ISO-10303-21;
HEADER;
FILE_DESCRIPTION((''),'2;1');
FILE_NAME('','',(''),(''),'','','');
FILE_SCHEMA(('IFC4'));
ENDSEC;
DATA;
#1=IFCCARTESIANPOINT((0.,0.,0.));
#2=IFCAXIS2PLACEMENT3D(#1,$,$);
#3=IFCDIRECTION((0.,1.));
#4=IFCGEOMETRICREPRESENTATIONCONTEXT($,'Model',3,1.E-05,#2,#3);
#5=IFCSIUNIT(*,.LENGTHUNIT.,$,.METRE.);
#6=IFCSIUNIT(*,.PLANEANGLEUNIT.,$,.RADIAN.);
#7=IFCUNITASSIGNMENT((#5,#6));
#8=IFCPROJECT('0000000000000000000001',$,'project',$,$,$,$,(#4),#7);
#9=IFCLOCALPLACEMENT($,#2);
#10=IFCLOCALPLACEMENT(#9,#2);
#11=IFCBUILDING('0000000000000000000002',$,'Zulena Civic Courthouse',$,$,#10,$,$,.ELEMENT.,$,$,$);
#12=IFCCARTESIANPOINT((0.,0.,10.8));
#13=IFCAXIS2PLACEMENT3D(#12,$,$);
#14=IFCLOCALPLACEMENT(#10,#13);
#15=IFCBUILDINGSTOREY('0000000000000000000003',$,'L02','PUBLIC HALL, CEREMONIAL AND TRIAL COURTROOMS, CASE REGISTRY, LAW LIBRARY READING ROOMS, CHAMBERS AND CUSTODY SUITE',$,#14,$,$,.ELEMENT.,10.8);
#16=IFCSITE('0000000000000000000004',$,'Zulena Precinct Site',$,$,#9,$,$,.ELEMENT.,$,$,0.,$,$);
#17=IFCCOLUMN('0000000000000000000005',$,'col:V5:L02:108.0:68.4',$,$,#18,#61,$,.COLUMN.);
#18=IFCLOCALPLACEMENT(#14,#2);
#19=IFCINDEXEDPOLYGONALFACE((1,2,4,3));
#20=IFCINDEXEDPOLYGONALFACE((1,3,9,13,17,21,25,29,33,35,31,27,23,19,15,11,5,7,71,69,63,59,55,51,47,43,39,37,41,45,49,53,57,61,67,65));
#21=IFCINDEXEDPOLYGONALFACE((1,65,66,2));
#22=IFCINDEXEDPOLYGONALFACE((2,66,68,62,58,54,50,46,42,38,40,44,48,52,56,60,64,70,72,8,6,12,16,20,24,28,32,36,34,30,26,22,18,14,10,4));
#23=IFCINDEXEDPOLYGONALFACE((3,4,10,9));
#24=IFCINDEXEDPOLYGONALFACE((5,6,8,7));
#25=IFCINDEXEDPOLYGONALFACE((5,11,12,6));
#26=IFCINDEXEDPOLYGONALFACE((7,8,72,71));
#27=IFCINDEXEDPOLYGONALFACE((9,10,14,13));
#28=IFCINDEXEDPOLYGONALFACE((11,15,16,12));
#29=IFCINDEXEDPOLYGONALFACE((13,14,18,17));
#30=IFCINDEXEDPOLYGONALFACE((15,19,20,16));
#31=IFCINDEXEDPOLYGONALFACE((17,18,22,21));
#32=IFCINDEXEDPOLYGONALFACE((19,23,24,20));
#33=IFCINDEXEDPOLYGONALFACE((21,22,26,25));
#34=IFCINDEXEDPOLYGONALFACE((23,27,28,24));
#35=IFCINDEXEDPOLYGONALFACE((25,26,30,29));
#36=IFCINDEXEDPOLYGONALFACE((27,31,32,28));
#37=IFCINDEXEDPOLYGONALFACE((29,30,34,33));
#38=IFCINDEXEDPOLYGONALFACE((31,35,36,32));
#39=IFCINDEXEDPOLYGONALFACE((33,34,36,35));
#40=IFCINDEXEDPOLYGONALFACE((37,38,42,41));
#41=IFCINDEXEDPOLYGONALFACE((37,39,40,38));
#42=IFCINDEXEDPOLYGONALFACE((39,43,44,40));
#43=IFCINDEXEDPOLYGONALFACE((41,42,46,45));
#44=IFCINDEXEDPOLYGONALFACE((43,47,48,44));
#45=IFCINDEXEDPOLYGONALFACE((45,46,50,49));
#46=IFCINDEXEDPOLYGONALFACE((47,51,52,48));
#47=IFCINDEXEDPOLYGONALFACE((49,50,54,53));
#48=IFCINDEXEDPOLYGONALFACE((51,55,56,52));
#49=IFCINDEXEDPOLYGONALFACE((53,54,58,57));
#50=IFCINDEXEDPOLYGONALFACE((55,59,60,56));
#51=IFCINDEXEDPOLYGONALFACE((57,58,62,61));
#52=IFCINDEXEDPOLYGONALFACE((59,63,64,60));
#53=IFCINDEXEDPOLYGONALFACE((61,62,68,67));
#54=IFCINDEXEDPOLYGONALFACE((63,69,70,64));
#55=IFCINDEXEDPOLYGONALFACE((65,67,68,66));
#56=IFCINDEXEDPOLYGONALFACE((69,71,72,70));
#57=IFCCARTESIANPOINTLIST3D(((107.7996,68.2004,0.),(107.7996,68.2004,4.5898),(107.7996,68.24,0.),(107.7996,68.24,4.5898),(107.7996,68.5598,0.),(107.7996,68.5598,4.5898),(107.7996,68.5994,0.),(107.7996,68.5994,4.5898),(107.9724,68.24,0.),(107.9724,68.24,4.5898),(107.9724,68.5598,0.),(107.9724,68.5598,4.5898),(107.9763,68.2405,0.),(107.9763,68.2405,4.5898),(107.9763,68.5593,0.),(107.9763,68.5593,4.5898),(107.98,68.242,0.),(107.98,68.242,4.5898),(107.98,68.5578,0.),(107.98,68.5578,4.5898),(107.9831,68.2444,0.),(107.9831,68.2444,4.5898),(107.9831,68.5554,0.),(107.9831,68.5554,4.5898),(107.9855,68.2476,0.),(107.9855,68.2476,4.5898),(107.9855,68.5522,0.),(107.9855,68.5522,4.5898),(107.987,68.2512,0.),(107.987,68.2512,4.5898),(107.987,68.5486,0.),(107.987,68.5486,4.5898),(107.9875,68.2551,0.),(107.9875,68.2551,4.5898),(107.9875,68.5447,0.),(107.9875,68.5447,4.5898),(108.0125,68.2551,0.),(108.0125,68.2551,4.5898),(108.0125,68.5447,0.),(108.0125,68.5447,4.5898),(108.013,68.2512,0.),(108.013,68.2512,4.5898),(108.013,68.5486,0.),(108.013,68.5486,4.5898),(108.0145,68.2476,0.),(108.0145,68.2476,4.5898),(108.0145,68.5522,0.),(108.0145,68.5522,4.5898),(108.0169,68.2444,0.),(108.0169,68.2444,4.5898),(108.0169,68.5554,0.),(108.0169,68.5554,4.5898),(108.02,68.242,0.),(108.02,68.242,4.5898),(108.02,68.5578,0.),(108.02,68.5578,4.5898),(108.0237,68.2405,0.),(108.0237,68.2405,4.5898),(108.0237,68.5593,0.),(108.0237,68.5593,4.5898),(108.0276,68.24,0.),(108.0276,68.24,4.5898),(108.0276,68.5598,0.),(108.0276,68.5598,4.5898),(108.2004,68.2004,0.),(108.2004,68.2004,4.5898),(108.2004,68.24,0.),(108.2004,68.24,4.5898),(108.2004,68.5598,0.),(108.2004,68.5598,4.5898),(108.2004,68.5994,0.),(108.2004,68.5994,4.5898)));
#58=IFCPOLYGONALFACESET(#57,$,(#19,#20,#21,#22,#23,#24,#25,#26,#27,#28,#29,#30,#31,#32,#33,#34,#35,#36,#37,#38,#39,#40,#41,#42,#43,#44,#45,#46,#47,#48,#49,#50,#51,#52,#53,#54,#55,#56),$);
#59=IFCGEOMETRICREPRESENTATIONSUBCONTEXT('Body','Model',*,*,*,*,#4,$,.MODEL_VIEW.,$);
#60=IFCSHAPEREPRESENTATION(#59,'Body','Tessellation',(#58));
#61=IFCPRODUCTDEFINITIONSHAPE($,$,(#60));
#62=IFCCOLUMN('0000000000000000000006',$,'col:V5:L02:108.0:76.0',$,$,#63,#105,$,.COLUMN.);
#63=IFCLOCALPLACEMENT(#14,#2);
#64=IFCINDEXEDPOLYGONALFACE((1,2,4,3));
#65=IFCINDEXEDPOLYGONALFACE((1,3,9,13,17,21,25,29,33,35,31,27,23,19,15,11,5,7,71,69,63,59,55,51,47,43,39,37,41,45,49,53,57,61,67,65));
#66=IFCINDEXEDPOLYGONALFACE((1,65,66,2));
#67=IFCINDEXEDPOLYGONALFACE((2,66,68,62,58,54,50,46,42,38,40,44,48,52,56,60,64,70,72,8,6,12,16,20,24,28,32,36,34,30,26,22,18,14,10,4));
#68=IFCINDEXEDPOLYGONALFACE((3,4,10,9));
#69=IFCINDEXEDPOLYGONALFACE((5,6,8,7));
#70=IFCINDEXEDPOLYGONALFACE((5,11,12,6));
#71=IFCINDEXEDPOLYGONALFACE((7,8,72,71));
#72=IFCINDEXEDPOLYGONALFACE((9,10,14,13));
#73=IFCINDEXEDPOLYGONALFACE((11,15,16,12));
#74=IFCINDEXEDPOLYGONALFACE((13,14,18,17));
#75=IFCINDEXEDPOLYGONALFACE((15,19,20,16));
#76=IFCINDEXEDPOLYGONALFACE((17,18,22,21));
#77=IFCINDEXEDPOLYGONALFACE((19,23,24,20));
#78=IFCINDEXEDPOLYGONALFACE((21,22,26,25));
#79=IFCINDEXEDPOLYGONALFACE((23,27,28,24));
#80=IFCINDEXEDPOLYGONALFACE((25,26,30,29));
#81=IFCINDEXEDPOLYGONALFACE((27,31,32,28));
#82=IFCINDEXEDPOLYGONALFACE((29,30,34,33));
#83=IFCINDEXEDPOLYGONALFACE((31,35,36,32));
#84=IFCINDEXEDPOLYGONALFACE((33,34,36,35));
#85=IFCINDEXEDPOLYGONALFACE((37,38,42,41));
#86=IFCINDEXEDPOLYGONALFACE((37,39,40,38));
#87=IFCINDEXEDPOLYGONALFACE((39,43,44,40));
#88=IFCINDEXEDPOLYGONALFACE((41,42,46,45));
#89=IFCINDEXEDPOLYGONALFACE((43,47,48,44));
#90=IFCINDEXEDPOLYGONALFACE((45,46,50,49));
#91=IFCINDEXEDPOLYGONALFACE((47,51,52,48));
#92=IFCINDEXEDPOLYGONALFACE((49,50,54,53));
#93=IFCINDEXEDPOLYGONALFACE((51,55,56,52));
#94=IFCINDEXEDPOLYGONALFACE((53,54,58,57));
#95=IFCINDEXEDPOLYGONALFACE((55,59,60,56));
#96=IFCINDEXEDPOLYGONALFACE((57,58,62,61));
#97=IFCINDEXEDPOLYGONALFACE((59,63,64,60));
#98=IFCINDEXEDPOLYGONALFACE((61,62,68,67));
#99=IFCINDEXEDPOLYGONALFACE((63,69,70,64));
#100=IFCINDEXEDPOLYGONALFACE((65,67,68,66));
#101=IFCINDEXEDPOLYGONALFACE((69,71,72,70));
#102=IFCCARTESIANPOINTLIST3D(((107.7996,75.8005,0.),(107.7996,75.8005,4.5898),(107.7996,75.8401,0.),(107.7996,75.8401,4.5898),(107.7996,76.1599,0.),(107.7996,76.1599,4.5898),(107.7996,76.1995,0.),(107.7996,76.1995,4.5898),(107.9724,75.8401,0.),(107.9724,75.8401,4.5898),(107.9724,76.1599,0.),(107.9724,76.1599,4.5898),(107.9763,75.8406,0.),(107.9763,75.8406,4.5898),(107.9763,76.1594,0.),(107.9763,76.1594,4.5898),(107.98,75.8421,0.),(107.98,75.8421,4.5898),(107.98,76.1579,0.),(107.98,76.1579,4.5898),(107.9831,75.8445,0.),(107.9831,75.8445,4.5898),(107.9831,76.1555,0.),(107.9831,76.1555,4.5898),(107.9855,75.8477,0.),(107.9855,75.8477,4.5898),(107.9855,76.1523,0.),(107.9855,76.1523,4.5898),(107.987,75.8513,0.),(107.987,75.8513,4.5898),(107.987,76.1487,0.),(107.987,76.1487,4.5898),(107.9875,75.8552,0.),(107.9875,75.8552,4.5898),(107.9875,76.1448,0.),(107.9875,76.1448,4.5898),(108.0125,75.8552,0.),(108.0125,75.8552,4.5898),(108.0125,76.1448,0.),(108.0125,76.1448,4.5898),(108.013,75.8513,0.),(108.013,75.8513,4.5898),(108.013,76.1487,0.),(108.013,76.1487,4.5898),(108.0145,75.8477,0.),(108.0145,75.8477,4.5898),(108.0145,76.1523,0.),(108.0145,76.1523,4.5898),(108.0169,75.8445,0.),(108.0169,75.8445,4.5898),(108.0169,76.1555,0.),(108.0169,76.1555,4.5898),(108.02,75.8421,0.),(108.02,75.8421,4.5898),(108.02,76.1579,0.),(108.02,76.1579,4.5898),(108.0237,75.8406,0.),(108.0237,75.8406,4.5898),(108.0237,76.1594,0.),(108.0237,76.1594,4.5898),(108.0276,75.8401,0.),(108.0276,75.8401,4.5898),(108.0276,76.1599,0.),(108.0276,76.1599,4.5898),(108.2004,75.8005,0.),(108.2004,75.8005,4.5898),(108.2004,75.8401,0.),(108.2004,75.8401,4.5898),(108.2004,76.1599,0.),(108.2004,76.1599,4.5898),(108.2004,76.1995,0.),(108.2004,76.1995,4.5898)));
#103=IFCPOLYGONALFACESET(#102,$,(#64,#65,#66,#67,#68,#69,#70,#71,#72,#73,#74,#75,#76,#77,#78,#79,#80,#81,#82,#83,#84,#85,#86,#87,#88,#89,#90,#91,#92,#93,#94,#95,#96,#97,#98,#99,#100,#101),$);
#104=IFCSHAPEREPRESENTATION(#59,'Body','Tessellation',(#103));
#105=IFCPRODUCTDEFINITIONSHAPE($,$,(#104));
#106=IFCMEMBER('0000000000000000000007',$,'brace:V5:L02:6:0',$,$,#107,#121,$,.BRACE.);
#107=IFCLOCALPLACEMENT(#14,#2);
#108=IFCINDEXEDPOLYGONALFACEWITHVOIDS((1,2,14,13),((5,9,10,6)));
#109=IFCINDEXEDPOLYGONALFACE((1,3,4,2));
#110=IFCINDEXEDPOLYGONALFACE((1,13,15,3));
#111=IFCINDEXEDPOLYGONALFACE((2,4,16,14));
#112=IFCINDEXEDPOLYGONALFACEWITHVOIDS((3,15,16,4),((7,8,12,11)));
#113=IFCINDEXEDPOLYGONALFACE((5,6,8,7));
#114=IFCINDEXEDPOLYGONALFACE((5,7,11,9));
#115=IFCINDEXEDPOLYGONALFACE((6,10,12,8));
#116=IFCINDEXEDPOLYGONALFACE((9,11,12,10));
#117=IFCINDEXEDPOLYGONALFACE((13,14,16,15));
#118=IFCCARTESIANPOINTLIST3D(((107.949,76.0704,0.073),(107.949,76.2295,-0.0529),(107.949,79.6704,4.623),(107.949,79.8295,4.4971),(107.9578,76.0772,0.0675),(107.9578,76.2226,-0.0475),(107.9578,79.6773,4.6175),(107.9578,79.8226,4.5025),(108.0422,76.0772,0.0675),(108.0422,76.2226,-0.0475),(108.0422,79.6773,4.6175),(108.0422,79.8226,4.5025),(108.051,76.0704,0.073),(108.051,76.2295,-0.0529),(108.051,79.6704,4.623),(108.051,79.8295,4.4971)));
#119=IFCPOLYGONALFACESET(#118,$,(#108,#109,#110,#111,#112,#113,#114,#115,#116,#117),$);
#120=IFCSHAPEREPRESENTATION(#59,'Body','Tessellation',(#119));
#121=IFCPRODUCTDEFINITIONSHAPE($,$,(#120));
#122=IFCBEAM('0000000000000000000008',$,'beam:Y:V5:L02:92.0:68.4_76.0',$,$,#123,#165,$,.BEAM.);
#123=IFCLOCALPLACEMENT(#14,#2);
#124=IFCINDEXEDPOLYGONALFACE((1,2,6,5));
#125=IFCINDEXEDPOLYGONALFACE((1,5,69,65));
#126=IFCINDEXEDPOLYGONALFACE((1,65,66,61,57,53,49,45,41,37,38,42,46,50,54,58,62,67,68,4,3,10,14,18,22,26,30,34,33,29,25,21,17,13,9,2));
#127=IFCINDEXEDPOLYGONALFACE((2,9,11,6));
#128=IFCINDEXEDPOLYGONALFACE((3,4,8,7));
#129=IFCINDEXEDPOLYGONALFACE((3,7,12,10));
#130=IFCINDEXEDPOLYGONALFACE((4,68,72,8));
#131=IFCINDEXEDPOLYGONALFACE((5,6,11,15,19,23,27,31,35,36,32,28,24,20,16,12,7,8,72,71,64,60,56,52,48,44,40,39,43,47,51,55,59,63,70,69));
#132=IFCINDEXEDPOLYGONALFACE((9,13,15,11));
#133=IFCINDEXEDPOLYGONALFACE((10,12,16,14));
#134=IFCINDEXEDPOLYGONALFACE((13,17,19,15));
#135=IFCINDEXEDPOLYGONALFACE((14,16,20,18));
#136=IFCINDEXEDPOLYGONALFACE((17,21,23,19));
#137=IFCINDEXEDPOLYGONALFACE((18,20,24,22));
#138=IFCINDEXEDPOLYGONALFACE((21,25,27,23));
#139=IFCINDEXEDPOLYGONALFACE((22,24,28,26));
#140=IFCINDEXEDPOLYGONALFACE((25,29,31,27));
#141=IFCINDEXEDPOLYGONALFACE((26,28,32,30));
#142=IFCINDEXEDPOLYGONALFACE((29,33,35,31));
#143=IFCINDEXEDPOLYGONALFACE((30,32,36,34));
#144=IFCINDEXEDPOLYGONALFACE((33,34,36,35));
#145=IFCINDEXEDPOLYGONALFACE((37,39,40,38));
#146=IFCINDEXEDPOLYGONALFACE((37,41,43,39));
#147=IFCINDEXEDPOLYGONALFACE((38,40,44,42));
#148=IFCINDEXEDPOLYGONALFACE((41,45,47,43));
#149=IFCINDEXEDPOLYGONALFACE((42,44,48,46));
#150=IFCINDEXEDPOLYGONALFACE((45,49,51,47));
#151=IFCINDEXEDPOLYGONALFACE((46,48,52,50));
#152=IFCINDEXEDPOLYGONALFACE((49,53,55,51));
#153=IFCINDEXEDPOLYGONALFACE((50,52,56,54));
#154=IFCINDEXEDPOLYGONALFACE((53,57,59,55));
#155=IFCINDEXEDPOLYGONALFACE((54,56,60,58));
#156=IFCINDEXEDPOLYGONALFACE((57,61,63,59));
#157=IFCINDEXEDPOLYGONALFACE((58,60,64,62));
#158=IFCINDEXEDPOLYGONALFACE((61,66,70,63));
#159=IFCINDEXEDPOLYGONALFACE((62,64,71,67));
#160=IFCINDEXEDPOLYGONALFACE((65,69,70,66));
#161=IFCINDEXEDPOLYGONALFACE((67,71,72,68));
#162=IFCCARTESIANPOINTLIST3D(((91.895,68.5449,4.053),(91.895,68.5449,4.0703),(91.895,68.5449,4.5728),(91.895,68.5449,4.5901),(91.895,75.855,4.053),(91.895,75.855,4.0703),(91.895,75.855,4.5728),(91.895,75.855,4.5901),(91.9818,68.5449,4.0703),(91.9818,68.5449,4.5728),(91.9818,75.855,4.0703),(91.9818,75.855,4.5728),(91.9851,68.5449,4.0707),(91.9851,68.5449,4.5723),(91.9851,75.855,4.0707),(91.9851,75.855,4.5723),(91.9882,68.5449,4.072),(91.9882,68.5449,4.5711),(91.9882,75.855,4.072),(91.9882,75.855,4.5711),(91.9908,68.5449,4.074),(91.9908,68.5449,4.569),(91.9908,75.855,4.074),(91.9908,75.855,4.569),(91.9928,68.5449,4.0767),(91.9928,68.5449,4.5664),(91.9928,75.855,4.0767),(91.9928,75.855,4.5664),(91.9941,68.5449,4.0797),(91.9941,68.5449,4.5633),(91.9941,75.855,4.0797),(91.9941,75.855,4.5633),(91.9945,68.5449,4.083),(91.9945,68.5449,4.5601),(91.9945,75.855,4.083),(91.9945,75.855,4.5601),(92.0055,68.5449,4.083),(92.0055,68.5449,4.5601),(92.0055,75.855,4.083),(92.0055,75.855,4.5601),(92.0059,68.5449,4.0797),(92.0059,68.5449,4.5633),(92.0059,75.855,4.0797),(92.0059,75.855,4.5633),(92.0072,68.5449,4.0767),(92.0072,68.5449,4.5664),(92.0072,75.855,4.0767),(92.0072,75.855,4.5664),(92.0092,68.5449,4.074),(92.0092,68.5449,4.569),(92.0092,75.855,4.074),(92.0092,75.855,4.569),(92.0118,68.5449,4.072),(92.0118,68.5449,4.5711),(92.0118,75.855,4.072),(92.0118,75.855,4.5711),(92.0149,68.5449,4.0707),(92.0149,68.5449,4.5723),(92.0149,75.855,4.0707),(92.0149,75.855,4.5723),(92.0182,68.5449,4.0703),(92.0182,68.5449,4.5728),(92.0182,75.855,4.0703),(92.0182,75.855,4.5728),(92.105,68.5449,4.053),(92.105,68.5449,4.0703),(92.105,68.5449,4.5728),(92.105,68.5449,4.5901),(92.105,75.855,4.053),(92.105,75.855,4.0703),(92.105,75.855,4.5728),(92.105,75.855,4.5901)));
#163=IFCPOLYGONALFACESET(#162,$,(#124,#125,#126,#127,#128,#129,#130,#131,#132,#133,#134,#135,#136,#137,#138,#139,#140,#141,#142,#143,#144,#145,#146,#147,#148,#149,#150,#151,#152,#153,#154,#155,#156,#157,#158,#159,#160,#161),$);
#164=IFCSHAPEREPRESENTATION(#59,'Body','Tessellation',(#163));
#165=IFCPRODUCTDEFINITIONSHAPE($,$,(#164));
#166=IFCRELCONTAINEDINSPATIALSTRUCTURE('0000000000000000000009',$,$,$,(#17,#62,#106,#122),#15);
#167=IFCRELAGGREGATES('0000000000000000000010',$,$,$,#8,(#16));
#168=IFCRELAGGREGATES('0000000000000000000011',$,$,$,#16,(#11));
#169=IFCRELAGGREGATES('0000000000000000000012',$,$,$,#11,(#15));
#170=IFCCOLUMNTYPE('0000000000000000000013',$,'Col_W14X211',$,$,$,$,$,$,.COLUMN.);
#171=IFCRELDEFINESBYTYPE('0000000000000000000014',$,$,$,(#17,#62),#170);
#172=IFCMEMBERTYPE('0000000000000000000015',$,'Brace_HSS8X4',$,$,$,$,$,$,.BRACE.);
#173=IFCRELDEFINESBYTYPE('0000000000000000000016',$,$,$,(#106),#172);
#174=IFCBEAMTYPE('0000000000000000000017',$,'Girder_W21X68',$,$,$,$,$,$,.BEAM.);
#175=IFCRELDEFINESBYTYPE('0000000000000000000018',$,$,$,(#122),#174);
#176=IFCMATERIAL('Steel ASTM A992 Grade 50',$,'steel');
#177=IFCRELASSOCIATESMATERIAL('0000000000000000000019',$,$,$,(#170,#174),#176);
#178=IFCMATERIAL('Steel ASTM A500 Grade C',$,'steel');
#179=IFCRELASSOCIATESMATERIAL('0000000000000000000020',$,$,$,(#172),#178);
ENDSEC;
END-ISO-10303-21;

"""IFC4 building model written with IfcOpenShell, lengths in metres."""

from ifc_helpers import new_model, si_unit, direction, frame, origin, origin_2d, place, context, subcontext, project, spatial, hollow_rectangle, i_section, extrude, material, material_profile, profile_set, type_object, element, save


model = new_model("IFC4")

# Units and contexts
model_context = context("Model", 3, precision=1e-05, world=origin(), true_north=direction((0.0, 1.0)))
body_context = subcontext(model_context, "Body", "Model", "MODEL_VIEW")
ifc_project = project(units=[si_unit("LENGTHUNIT", "METRE"), si_unit("PLANEANGLEUNIT", "RADIAN")], contexts=[model_context])

# Site, building, storey
site_placement = place(None, origin())
site = spatial("IfcSite", under=ifc_project, at=site_placement, Name="Zulena Precinct Site", CompositionType="ELEMENT", RefElevation=0.0)
building_placement = place(site_placement, origin())
building = spatial("IfcBuilding", under=site, at=building_placement, Name="Zulena Civic Courthouse", CompositionType="ELEMENT")
storey_placement = place(building_placement, frame((0.0, 0.0, 10.8)))
storey = spatial("IfcBuildingStorey", under=building, at=storey_placement, Name="L02", Description="PUBLIC HALL, CEREMONIAL AND TRIAL COURTROOMS, CASE REGISTRY, LAW LIBRARY READING ROOMS, CHAMBERS AND CUSTODY SUITE", CompositionType="ELEMENT", Elevation=10.8)

# Columns
ifc_material_1 = material(Name="Steel ASTM A992 Grade 50", Category="steel")
ifc_material_profile_1 = material_profile(ifc_material_1, i_section(OverallWidth=0.4009, OverallDepth=0.3989, WebThickness=0.0249, FlangeThickness=0.0396, FilletRadius=0.0151, at=origin_2d()), Name="W14X211")
ifc_profile_set_1 = profile_set([ifc_material_profile_1], Name="Steel ASTM A992 Grade 50")
column_type_1 = type_object("IfcColumnType", Name="Col_W14X211", PredefinedType="COLUMN", material=ifc_profile_set_1)
for number, where, z_axis, x_axis, name in (
    (1, (108.0, 68.3999, 0.0), (0.0, 0.0, 1.0), (1.0, 0.0, 0.0), "col:V5:L02:108.0:68.4"),
    (2, (108.0, 76.0, 0.0), (0.0, 0.0, 1.0), (1.0, 0.0, 0.0), "col:V5:L02:108.0:76.0"),
):
    element("IfcColumn", number, at=place(storey_placement, frame(where, z_axis=z_axis, x_axis=x_axis)), inside=storey, type_object=column_type_1, Name=name, PredefinedType="COLUMN", context=body_context, shape_type="SweptSolid", body=[
        extrude(i_section(OverallWidth=0.4009, OverallDepth=0.3989, WebThickness=0.0249, FlangeThickness=0.0396, FilletRadius=0.0151, at=origin_2d()), origin(), (0.0, 0.0, 1.0), 4.5898),
    ])

# Member
ifc_material_2 = material(Name="Steel ASTM A500 Grade C", Category="steel")
ifc_material_profile_2 = material_profile(ifc_material_2, hollow_rectangle(XDim=0.1021, YDim=0.2029, WallThickness=0.0088, at=origin_2d()), Name="HSS8X4X3/8")
ifc_profile_set_2 = profile_set([ifc_material_profile_2], Name="Steel ASTM A500 Grade C")
member_type = type_object("IfcMemberType", Name="Brace_HSS8X4", PredefinedType="BRACE", material=ifc_profile_set_2)
member_placement = place(storey_placement, frame((108.0, 76.1499, 0.01), z_axis=(0.0, 0.620488, 0.784216), x_axis=(-1.0, 0.0, 0.0)))
element("IfcMember", 3, at=member_placement, inside=storey, type_object=member_type, Name="brace:V5:L02:6:0", PredefinedType="BRACE", context=body_context, shape_type="SweptSolid", body=[
    extrude(hollow_rectangle(XDim=0.1021, YDim=0.2029, WallThickness=0.0088, at=origin_2d()), origin(), (0.0, 0.0, 1.0), 5.802),
])

# Beam
ifc_material_profile_3 = material_profile(ifc_material_1, i_section(OverallWidth=0.21, OverallDepth=0.5371, WebThickness=0.011, FlangeThickness=0.0173, FilletRadius=0.0127, at=origin_2d()), Name="W21X68")
ifc_profile_set_3 = profile_set([ifc_material_profile_3], Name="Steel ASTM A992 Grade 50")
beam_type_1 = type_object("IfcBeamType", Name="Girder_W21X68", PredefinedType="BEAM", material=ifc_profile_set_3)
for number, where, z_axis, x_axis, name in (
    (4, (92.0, 68.5449, 4.3215), (0.0, 1.0, 0.0), (-1.0, 0.0, 0.0), "beam:Y:V5:L02:92.0:68.4_76.0"),
):
    element("IfcBeam", number, at=place(storey_placement, frame(where, z_axis=z_axis, x_axis=x_axis)), inside=storey, type_object=beam_type_1, Name=name, PredefinedType="BEAM", context=body_context, shape_type="SweptSolid", body=[
        extrude(i_section(OverallWidth=0.21, OverallDepth=0.5371, WebThickness=0.011, FlangeThickness=0.0173, FilletRadius=0.0127, at=origin_2d()), origin(), (0.0, 0.0, 1.0), 7.3101),
    ])

save(model, "model.ifc")
